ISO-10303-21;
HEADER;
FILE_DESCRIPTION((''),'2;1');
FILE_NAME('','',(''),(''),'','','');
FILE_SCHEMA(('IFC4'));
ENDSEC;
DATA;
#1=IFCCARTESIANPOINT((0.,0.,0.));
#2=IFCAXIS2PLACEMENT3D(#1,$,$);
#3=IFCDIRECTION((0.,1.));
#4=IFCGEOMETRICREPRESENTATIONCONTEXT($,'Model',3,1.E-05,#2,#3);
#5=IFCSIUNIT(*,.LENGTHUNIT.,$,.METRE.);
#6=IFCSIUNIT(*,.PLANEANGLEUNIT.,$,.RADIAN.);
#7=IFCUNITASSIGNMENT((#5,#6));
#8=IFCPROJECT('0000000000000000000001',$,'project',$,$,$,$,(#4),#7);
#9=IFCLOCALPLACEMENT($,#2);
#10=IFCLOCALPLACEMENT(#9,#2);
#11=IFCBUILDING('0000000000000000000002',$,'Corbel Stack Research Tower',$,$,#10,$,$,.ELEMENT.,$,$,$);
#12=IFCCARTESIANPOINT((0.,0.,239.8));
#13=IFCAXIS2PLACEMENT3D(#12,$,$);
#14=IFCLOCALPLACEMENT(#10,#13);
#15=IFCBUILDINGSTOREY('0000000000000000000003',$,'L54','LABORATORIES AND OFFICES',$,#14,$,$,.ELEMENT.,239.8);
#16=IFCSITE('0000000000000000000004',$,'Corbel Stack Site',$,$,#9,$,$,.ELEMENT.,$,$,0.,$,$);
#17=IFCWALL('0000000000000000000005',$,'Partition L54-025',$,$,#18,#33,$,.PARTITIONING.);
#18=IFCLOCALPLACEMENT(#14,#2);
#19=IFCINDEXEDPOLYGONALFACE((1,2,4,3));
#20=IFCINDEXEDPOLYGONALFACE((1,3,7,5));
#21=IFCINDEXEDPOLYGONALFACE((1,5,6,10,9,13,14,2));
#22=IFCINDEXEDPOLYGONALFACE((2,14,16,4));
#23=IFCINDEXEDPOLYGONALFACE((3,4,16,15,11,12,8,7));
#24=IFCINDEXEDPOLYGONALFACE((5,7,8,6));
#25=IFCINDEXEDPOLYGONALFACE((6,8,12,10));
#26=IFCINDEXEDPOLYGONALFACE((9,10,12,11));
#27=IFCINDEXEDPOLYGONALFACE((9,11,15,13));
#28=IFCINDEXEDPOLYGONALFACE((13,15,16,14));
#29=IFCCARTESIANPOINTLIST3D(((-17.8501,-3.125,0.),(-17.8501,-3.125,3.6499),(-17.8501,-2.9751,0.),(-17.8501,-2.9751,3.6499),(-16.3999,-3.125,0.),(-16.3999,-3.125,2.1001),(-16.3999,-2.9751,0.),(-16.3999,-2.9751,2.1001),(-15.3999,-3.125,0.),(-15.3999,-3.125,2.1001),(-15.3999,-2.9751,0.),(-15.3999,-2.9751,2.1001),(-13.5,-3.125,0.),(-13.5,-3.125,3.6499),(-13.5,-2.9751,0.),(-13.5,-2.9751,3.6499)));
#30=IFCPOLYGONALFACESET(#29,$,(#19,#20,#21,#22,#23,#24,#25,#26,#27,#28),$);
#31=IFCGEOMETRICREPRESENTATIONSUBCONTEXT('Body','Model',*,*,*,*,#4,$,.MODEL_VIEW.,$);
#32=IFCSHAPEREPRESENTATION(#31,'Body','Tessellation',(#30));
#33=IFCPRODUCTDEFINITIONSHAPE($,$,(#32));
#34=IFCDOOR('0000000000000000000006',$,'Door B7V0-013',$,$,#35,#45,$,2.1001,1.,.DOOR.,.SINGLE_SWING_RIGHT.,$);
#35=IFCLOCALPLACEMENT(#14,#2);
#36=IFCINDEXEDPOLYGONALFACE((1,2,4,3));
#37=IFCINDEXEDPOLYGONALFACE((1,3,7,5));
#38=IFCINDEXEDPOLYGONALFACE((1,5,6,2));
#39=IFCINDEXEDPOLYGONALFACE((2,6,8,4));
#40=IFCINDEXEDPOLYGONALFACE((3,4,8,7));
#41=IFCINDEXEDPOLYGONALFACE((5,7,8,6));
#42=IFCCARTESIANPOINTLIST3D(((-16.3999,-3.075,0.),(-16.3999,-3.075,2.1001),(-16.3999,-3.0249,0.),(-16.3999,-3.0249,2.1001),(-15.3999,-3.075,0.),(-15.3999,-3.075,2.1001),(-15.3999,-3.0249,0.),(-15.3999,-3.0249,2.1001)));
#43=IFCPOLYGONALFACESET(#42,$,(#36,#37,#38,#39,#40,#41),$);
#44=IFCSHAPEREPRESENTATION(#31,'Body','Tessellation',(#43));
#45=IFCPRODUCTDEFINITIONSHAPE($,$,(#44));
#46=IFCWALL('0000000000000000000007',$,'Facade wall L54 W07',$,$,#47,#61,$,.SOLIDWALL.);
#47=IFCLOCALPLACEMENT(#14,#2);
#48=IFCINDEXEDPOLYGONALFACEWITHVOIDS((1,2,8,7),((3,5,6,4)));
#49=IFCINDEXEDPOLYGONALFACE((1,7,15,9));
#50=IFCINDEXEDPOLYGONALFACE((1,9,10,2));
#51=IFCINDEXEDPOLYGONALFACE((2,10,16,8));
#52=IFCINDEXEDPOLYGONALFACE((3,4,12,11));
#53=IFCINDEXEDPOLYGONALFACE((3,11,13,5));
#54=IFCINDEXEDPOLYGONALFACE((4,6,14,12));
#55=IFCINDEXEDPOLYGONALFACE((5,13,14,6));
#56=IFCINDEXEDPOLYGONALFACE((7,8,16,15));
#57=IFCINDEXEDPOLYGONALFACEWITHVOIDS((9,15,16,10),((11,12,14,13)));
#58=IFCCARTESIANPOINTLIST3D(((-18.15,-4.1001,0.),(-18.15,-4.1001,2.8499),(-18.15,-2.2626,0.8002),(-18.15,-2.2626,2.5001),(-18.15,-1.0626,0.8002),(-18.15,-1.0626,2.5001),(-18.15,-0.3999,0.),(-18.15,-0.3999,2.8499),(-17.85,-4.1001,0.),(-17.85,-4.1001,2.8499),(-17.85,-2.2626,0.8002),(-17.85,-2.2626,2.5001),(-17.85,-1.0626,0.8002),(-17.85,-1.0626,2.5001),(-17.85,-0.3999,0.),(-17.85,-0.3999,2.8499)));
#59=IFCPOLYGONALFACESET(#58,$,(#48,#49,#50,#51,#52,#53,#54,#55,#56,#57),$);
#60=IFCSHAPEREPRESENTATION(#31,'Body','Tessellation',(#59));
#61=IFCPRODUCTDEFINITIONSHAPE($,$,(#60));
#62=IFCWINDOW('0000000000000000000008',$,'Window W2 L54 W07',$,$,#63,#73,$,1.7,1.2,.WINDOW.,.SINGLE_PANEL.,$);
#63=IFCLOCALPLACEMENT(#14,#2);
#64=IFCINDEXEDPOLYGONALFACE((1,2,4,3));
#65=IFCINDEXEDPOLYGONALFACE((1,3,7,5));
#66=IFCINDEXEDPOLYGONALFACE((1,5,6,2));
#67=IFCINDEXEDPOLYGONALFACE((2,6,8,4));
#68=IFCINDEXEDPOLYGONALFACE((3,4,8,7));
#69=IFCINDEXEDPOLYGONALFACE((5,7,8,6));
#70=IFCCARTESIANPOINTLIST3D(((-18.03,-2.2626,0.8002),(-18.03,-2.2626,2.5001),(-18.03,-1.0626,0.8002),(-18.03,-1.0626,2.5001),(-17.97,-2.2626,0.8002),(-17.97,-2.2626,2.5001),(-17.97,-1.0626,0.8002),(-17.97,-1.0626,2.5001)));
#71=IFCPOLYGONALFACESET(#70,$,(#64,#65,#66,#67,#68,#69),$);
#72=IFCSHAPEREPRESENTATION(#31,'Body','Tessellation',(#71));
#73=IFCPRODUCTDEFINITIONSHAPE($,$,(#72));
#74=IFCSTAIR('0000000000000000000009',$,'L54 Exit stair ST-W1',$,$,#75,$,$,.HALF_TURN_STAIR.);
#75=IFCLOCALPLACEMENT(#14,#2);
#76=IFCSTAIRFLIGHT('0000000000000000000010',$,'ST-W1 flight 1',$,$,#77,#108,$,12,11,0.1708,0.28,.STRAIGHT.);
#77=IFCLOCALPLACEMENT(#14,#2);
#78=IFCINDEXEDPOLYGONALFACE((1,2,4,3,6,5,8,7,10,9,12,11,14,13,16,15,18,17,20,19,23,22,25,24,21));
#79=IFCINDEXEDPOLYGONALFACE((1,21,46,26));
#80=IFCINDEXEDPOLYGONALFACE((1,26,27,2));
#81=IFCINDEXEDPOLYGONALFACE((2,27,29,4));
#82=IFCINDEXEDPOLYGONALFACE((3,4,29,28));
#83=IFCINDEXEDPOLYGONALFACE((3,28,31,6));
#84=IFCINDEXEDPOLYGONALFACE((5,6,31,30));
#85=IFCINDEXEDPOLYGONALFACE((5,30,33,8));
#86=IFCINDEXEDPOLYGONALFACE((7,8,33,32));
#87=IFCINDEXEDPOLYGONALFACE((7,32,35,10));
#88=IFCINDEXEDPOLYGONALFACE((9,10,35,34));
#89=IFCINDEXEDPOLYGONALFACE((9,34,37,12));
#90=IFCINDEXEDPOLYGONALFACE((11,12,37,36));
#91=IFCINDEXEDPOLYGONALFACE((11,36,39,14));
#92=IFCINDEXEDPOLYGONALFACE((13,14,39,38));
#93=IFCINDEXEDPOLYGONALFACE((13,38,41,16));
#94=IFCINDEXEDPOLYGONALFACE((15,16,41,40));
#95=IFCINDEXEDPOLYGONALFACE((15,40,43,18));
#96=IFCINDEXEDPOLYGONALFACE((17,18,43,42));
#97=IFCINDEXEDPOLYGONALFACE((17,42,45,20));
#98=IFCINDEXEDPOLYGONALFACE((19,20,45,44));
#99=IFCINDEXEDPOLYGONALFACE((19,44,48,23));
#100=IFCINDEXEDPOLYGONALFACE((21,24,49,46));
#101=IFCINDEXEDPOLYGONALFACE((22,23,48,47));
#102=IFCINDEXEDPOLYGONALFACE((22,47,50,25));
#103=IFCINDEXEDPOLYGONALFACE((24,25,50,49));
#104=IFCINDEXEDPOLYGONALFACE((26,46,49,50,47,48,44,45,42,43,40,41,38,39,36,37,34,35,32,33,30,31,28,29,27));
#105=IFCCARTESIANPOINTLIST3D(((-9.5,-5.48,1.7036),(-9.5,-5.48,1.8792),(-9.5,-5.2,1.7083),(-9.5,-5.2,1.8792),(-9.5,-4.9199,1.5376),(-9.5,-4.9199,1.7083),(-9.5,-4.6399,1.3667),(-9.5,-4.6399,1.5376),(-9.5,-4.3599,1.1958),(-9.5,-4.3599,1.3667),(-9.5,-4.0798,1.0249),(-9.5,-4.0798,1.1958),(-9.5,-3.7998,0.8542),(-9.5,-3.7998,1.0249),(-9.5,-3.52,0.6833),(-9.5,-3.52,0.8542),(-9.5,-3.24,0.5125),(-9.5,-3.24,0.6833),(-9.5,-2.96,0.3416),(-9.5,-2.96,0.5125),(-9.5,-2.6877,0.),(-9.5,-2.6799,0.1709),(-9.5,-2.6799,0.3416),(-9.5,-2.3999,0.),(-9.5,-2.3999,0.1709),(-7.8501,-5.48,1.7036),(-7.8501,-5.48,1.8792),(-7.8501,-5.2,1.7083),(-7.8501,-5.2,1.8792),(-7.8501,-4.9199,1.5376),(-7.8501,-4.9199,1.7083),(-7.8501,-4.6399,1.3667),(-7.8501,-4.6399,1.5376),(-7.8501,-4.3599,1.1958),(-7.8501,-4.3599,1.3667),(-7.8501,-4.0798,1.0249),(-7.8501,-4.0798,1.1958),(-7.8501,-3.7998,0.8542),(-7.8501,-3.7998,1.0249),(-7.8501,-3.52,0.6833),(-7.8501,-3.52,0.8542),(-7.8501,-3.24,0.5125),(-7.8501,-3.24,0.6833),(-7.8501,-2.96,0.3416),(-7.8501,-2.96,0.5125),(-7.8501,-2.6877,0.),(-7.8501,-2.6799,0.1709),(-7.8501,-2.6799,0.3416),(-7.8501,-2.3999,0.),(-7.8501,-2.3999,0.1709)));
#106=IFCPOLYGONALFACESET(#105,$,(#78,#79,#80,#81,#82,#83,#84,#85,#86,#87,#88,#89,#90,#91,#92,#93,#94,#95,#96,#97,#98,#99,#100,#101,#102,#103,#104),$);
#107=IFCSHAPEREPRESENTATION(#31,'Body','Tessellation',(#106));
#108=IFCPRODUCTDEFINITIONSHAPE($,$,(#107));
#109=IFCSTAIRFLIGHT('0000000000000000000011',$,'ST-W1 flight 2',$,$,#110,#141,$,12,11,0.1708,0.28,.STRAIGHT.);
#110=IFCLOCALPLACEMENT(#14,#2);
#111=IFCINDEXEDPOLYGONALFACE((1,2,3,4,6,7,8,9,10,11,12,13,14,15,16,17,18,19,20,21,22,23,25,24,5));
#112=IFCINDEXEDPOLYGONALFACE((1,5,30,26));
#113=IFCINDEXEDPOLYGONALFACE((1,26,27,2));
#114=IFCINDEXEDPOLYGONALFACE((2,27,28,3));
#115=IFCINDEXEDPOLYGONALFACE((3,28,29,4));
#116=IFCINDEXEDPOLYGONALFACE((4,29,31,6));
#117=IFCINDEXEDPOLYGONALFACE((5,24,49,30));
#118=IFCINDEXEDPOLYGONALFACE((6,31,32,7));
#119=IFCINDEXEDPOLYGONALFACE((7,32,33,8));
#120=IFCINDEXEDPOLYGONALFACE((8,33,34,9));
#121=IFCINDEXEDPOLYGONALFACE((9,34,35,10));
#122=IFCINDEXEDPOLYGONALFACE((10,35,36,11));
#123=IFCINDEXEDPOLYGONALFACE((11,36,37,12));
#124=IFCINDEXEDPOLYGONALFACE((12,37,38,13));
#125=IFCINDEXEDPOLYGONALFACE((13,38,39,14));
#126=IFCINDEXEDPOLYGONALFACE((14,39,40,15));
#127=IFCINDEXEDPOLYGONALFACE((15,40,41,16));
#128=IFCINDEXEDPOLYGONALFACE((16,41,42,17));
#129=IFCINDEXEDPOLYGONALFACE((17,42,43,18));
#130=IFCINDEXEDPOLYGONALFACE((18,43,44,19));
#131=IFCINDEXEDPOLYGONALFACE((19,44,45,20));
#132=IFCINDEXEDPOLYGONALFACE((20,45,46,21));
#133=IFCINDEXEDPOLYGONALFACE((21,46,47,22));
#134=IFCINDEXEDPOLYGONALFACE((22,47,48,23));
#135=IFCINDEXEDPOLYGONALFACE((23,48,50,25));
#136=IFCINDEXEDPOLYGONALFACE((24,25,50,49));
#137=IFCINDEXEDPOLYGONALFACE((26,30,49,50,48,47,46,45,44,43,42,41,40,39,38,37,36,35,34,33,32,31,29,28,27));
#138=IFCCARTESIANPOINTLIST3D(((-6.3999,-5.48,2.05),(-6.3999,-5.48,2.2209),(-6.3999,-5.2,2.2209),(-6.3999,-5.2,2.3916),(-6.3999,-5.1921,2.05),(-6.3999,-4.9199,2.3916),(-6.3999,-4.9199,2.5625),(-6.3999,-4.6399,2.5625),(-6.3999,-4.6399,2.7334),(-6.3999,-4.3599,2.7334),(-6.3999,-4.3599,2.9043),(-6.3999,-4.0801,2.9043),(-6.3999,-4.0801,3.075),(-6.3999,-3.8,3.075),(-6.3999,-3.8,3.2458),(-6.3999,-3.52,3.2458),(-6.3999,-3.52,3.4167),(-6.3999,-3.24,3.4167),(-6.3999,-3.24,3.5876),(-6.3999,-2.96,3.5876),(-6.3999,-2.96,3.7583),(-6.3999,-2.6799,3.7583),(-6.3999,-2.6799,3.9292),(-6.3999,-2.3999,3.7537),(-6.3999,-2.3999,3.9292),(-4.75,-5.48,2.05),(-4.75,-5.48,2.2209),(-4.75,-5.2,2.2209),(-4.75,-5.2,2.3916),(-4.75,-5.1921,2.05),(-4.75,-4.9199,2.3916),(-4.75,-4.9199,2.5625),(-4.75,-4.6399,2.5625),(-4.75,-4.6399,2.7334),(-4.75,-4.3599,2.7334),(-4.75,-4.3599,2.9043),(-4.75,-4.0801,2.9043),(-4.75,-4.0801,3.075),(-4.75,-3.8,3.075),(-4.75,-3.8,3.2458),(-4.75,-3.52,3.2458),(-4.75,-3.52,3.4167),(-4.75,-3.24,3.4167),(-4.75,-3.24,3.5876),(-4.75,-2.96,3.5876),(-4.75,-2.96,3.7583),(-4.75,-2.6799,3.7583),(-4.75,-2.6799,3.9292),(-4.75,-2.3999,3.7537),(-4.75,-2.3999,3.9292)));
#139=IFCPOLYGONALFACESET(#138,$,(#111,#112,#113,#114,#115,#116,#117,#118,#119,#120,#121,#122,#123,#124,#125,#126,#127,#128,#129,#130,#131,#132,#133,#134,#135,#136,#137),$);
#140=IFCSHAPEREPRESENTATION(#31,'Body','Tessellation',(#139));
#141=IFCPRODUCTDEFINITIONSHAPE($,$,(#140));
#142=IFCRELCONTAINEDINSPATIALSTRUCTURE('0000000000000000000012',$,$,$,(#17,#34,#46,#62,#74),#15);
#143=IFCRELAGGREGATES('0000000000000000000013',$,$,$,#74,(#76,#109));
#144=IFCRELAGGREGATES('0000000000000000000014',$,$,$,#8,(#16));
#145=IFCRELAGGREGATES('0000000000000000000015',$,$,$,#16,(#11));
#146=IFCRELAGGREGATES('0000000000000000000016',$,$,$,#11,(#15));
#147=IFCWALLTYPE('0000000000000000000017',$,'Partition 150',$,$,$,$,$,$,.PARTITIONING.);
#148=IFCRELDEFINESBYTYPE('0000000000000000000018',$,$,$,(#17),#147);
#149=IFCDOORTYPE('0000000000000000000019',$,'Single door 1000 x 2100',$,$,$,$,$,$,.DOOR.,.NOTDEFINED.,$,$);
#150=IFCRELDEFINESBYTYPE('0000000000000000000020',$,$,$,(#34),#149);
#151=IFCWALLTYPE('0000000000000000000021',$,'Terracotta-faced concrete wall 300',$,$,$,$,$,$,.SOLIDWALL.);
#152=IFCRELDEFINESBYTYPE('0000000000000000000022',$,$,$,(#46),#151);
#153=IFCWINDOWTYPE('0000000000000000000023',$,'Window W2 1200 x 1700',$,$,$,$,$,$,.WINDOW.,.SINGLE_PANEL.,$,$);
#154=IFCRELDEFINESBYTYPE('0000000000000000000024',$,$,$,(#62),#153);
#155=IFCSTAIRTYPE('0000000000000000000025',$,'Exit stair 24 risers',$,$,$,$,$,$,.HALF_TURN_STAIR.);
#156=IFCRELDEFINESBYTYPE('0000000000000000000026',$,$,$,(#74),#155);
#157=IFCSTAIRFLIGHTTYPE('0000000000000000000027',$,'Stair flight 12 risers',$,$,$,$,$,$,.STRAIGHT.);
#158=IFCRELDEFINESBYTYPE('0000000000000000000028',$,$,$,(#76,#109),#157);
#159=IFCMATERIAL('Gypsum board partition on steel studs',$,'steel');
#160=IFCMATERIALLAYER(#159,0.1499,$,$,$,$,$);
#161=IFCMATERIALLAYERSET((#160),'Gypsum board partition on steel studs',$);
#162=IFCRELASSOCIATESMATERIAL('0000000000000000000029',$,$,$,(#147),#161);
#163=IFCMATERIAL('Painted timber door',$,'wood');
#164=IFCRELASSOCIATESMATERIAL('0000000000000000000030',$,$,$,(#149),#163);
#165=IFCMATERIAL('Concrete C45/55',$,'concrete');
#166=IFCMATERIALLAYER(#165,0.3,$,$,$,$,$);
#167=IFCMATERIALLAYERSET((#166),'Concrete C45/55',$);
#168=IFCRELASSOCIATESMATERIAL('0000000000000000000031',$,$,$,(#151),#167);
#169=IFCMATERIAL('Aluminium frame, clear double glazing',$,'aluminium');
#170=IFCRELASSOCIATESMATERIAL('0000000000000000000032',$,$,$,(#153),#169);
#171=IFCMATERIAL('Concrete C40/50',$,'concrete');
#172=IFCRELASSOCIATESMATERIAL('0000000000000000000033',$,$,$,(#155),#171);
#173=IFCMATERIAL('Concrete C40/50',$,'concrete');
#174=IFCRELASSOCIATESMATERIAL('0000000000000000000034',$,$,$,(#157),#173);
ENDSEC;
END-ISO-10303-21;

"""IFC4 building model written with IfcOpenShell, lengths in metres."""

from ifc_helpers import new_model, si_unit, direction, frame, frame_2d, origin, place, context, subcontext, project, spatial, polyline, rectangle, outline, extrude, material, layer, layer_set, type_object, element, fill, aggregate, save


model = new_model("IFC4")

# Units and contexts
model_context = context("Model", 3, precision=1e-05, world=origin(), true_north=direction((0.0, 1.0)))
body_context = subcontext(model_context, "Body", "Model", "MODEL_VIEW")
ifc_project = project(units=[si_unit("LENGTHUNIT", "METRE"), si_unit("PLANEANGLEUNIT", "RADIAN")], contexts=[model_context])

# Site, building, storey
site_placement = place(None, origin())
site = spatial("IfcSite", under=ifc_project, at=site_placement, Name="Corbel Stack Site", CompositionType="ELEMENT", RefElevation=0.0)
building_placement = place(site_placement, origin())
building = spatial("IfcBuilding", under=site, at=building_placement, Name="Corbel Stack Research Tower", CompositionType="ELEMENT")
storey_placement = place(building_placement, frame((0.0, 0.0, 239.8)))
storey = spatial("IfcBuildingStorey", under=building, at=storey_placement, Name="L54", Description="LABORATORIES AND OFFICES", CompositionType="ELEMENT", Elevation=239.8)

# Wall, opening, door
ifc_material_1 = material(Name="Gypsum board partition on steel studs", Category="steel")
ifc_layer_1 = layer(ifc_material_1, 0.1499)
ifc_layer_set_1 = layer_set([ifc_layer_1], Name="Gypsum board partition on steel studs")
wall_type_1 = type_object("IfcWallType", Name="Partition 150", PredefinedType="PARTITIONING", material=ifc_layer_set_1)
wall_1_placement = place(storey_placement, frame((-13.5, -3.05, 0.0), z_axis=(0.0, 0.0, 1.0), x_axis=(-1.0, 0.0, 0.0)))
wall_1 = element("IfcWall", 1, at=wall_1_placement, inside=storey, type_object=wall_type_1, Name="Partition L54-025", PredefinedType="PARTITIONING", context=body_context, shape_type="SweptSolid", body=[
    extrude(rectangle(XDim=4.3501, YDim=0.1499, at=frame_2d((2.175, 0.0))), origin(), (0.0, 0.0, 1.0), 3.6499),
])
opening_1_placement = place(wall_1_placement, frame((1.8999, 0.0, 0.0)))
opening_1 = element("IfcOpeningElement", 2, at=opening_1_placement, cuts=wall_1, PredefinedType="OPENING", context=body_context, shape_type="SweptSolid", body=[
    extrude(rectangle(XDim=1.0, YDim=2.1001, at=frame_2d((0.5, 1.05))), frame((0.0, 0.085, 0.0), z_axis=(0.0, -1.0, 0.0), x_axis=(1.0, 0.0, 0.0)), (0.0, 0.0, 1.0), 0.1699),
])
ifc_material_2 = material(Name="Painted timber door", Category="wood")
door_type_1 = type_object("IfcDoorType", Name="Single door 1000 x 2100", OperationType="NOTDEFINED", PredefinedType="DOOR", material=ifc_material_2)
door_1_placement = place(opening_1_placement, origin())
door_1 = element("IfcDoor", 3, at=door_1_placement, inside=storey, type_object=door_type_1, Name="Door B7V0-013", OperationType="SINGLE_SWING_RIGHT", OverallHeight=2.1001, OverallWidth=1.0, PredefinedType="DOOR", context=body_context, shape_type="SweptSolid", body=[
    extrude(rectangle(XDim=1.0, YDim=2.1001, at=frame_2d((0.5, 1.05))), frame((0.0, 0.0249, 0.0), z_axis=(0.0, -1.0, 0.0), x_axis=(1.0, 0.0, 0.0)), (0.0, 0.0, 1.0), 0.05),
])
fill(opening_1, door_1)

# Wall, opening, window
ifc_material_3 = material(Name="Concrete C45/55", Category="concrete")
ifc_layer_2 = layer(ifc_material_3, 0.3)
ifc_layer_set_2 = layer_set([ifc_layer_2], Name="Concrete C45/55")
wall_type_2 = type_object("IfcWallType", Name="Terracotta-faced concrete wall 300", PredefinedType="SOLIDWALL", material=ifc_layer_set_2)
wall_2_placement = place(storey_placement, frame((-18.0, -4.1001, 0.0), z_axis=(0.0, 0.0, 1.0), x_axis=(0.0, 1.0, 0.0)))
wall_2 = element("IfcWall", 4, at=wall_2_placement, inside=storey, type_object=wall_type_2, Name="Facade wall L54 W07", PredefinedType="SOLIDWALL", context=body_context, shape_type="SweptSolid", body=[
    extrude(rectangle(XDim=3.7002, YDim=0.3, at=frame_2d((1.8501, 0.0))), origin(), (0.0, 0.0, 1.0), 2.8499),
])
opening_2_placement = place(wall_2_placement, frame((1.8374, 0.0, 0.8)))
opening_2 = element("IfcOpeningElement", 5, at=opening_2_placement, cuts=wall_2, PredefinedType="OPENING", context=body_context, shape_type="SweptSolid", body=[
    extrude(rectangle(XDim=1.2, YDim=1.7, at=frame_2d((0.6001, 0.8501))), frame((0.0, 0.1599, 0.0), z_axis=(0.0, -1.0, 0.0), x_axis=(1.0, 0.0, 0.0)), (0.0, 0.0, 1.0), 0.3201),
])
ifc_material_4 = material(Name="Aluminium frame, clear double glazing", Category="aluminium")
window_type = type_object("IfcWindowType", Name="Window W2 1200 x 1700", PartitioningType="SINGLE_PANEL", PredefinedType="WINDOW", material=ifc_material_4)
window_placement = place(opening_2_placement, origin())
window = element("IfcWindow", 6, at=window_placement, inside=storey, type_object=window_type, Name="Window W2 L54 W07", OverallHeight=1.7, OverallWidth=1.2, PartitioningType="SINGLE_PANEL", PredefinedType="WINDOW", context=body_context, shape_type="SweptSolid", body=[
    extrude(rectangle(XDim=1.2, YDim=1.7, at=frame_2d((0.6001, 0.8501))), frame((0.0, 0.03, 0.0), z_axis=(0.0, -1.0, 0.0), x_axis=(1.0, 0.0, 0.0)), (0.0, 0.0, 1.0), 0.0601),
])
fill(opening_2, window)

# Stair, stair flights
ifc_material_5 = material(Name="Concrete C40/50", Category="concrete")
stair_type = type_object("IfcStairType", Name="Exit stair 24 risers", PredefinedType="HALF_TURN_STAIR", material=ifc_material_5)
stair_placement = place(storey_placement, origin())
stair = element("IfcStair", 7, at=stair_placement, inside=storey, type_object=stair_type, Name="L54 Exit stair ST-W1", PredefinedType="HALF_TURN_STAIR")
ifc_material_6 = material(Name="Concrete C40/50", Category="concrete")
stair_flight_type = type_object("IfcStairFlightType", Name="Stair flight 12 risers", PredefinedType="STRAIGHT", material=ifc_material_6)
stair_flight_1_placement = place(storey_placement, frame((-8.675, -2.3999, 0.0), z_axis=(0.0, 0.0, 1.0), x_axis=(0.0, -1.0, 0.0)))
stair_flight_1 = element("IfcStairFlight", 8, at=stair_flight_1_placement, type_object=stair_flight_type, Name="ST-W1 flight 1", NumberOfRisers=12, NumberOfTreads=11, PredefinedType="STRAIGHT", RiserHeight=0.1708, TreadLength=0.28, context=body_context, shape_type="SweptSolid", body=[
    extrude(outline(polyline([(0.0, 0.0), (0.0, 0.1709), (0.28, 0.1709), (0.28, 0.3416), (0.5601, 0.3416), (0.5601, 0.5125), (0.8401, 0.5125), (0.8401, 0.6833), (1.1201, 0.6833), (1.1201, 0.8542), (1.3999, 0.8542), (1.3999, 1.0249), (1.6799, 1.0249), (1.6799, 1.1958), (1.96, 1.1958), (1.96, 1.3667), (2.24, 1.3667), (2.24, 1.5376), (2.52, 1.5376), (2.52, 1.7083), (2.8, 1.7083), (2.8, 1.8792), (3.0801, 1.8792), (3.0801, 2.05), (3.0801, 1.7036), (0.2878, 0.0), (0.0, 0.0)])), frame((0.0, 0.825, 0.0), z_axis=(0.0, -1.0, 0.0), x_axis=(1.0, 0.0, 0.0)), (0.0, 0.0, 1.0), 1.6499),
])
stair_flight_2_placement = place(storey_placement, frame((-5.575, -5.48, 2.05), z_axis=(0.0, 0.0, 1.0), x_axis=(0.0, 1.0, 0.0)))
stair_flight_2 = element("IfcStairFlight", 9, at=stair_flight_2_placement, type_object=stair_flight_type, Name="ST-W1 flight 2", NumberOfRisers=12, NumberOfTreads=11, PredefinedType="STRAIGHT", RiserHeight=0.1708, TreadLength=0.28, context=body_context, shape_type="SweptSolid", body=[
    extrude(outline(polyline([(0.0, 0.0), (0.0, 0.1709), (0.28, 0.1709), (0.28, 0.3416), (0.5601, 0.3416), (0.5601, 0.5125), (0.8401, 0.5125), (0.8401, 0.6833), (1.1201, 0.6833), (1.1201, 0.8542), (1.3999, 0.8542), (1.3999, 1.0249), (1.6799, 1.0249), (1.6799, 1.1958), (1.96, 1.1958), (1.96, 1.3667), (2.24, 1.3667), (2.24, 1.5376), (2.52, 1.5376), (2.52, 1.7083), (2.8, 1.7083), (2.8, 1.8792), (3.0801, 1.8792), (3.0801, 2.05), (3.0801, 1.7036), (0.2878, 0.0), (0.0, 0.0)])), frame((0.0, 0.825, 0.0), z_axis=(0.0, -1.0, 0.0), x_axis=(1.0, 0.0, 0.0)), (0.0, 0.0, 1.0), 1.6499),
])
aggregate(stair, [stair_flight_1, stair_flight_2])

save(model, "model.ifc")
